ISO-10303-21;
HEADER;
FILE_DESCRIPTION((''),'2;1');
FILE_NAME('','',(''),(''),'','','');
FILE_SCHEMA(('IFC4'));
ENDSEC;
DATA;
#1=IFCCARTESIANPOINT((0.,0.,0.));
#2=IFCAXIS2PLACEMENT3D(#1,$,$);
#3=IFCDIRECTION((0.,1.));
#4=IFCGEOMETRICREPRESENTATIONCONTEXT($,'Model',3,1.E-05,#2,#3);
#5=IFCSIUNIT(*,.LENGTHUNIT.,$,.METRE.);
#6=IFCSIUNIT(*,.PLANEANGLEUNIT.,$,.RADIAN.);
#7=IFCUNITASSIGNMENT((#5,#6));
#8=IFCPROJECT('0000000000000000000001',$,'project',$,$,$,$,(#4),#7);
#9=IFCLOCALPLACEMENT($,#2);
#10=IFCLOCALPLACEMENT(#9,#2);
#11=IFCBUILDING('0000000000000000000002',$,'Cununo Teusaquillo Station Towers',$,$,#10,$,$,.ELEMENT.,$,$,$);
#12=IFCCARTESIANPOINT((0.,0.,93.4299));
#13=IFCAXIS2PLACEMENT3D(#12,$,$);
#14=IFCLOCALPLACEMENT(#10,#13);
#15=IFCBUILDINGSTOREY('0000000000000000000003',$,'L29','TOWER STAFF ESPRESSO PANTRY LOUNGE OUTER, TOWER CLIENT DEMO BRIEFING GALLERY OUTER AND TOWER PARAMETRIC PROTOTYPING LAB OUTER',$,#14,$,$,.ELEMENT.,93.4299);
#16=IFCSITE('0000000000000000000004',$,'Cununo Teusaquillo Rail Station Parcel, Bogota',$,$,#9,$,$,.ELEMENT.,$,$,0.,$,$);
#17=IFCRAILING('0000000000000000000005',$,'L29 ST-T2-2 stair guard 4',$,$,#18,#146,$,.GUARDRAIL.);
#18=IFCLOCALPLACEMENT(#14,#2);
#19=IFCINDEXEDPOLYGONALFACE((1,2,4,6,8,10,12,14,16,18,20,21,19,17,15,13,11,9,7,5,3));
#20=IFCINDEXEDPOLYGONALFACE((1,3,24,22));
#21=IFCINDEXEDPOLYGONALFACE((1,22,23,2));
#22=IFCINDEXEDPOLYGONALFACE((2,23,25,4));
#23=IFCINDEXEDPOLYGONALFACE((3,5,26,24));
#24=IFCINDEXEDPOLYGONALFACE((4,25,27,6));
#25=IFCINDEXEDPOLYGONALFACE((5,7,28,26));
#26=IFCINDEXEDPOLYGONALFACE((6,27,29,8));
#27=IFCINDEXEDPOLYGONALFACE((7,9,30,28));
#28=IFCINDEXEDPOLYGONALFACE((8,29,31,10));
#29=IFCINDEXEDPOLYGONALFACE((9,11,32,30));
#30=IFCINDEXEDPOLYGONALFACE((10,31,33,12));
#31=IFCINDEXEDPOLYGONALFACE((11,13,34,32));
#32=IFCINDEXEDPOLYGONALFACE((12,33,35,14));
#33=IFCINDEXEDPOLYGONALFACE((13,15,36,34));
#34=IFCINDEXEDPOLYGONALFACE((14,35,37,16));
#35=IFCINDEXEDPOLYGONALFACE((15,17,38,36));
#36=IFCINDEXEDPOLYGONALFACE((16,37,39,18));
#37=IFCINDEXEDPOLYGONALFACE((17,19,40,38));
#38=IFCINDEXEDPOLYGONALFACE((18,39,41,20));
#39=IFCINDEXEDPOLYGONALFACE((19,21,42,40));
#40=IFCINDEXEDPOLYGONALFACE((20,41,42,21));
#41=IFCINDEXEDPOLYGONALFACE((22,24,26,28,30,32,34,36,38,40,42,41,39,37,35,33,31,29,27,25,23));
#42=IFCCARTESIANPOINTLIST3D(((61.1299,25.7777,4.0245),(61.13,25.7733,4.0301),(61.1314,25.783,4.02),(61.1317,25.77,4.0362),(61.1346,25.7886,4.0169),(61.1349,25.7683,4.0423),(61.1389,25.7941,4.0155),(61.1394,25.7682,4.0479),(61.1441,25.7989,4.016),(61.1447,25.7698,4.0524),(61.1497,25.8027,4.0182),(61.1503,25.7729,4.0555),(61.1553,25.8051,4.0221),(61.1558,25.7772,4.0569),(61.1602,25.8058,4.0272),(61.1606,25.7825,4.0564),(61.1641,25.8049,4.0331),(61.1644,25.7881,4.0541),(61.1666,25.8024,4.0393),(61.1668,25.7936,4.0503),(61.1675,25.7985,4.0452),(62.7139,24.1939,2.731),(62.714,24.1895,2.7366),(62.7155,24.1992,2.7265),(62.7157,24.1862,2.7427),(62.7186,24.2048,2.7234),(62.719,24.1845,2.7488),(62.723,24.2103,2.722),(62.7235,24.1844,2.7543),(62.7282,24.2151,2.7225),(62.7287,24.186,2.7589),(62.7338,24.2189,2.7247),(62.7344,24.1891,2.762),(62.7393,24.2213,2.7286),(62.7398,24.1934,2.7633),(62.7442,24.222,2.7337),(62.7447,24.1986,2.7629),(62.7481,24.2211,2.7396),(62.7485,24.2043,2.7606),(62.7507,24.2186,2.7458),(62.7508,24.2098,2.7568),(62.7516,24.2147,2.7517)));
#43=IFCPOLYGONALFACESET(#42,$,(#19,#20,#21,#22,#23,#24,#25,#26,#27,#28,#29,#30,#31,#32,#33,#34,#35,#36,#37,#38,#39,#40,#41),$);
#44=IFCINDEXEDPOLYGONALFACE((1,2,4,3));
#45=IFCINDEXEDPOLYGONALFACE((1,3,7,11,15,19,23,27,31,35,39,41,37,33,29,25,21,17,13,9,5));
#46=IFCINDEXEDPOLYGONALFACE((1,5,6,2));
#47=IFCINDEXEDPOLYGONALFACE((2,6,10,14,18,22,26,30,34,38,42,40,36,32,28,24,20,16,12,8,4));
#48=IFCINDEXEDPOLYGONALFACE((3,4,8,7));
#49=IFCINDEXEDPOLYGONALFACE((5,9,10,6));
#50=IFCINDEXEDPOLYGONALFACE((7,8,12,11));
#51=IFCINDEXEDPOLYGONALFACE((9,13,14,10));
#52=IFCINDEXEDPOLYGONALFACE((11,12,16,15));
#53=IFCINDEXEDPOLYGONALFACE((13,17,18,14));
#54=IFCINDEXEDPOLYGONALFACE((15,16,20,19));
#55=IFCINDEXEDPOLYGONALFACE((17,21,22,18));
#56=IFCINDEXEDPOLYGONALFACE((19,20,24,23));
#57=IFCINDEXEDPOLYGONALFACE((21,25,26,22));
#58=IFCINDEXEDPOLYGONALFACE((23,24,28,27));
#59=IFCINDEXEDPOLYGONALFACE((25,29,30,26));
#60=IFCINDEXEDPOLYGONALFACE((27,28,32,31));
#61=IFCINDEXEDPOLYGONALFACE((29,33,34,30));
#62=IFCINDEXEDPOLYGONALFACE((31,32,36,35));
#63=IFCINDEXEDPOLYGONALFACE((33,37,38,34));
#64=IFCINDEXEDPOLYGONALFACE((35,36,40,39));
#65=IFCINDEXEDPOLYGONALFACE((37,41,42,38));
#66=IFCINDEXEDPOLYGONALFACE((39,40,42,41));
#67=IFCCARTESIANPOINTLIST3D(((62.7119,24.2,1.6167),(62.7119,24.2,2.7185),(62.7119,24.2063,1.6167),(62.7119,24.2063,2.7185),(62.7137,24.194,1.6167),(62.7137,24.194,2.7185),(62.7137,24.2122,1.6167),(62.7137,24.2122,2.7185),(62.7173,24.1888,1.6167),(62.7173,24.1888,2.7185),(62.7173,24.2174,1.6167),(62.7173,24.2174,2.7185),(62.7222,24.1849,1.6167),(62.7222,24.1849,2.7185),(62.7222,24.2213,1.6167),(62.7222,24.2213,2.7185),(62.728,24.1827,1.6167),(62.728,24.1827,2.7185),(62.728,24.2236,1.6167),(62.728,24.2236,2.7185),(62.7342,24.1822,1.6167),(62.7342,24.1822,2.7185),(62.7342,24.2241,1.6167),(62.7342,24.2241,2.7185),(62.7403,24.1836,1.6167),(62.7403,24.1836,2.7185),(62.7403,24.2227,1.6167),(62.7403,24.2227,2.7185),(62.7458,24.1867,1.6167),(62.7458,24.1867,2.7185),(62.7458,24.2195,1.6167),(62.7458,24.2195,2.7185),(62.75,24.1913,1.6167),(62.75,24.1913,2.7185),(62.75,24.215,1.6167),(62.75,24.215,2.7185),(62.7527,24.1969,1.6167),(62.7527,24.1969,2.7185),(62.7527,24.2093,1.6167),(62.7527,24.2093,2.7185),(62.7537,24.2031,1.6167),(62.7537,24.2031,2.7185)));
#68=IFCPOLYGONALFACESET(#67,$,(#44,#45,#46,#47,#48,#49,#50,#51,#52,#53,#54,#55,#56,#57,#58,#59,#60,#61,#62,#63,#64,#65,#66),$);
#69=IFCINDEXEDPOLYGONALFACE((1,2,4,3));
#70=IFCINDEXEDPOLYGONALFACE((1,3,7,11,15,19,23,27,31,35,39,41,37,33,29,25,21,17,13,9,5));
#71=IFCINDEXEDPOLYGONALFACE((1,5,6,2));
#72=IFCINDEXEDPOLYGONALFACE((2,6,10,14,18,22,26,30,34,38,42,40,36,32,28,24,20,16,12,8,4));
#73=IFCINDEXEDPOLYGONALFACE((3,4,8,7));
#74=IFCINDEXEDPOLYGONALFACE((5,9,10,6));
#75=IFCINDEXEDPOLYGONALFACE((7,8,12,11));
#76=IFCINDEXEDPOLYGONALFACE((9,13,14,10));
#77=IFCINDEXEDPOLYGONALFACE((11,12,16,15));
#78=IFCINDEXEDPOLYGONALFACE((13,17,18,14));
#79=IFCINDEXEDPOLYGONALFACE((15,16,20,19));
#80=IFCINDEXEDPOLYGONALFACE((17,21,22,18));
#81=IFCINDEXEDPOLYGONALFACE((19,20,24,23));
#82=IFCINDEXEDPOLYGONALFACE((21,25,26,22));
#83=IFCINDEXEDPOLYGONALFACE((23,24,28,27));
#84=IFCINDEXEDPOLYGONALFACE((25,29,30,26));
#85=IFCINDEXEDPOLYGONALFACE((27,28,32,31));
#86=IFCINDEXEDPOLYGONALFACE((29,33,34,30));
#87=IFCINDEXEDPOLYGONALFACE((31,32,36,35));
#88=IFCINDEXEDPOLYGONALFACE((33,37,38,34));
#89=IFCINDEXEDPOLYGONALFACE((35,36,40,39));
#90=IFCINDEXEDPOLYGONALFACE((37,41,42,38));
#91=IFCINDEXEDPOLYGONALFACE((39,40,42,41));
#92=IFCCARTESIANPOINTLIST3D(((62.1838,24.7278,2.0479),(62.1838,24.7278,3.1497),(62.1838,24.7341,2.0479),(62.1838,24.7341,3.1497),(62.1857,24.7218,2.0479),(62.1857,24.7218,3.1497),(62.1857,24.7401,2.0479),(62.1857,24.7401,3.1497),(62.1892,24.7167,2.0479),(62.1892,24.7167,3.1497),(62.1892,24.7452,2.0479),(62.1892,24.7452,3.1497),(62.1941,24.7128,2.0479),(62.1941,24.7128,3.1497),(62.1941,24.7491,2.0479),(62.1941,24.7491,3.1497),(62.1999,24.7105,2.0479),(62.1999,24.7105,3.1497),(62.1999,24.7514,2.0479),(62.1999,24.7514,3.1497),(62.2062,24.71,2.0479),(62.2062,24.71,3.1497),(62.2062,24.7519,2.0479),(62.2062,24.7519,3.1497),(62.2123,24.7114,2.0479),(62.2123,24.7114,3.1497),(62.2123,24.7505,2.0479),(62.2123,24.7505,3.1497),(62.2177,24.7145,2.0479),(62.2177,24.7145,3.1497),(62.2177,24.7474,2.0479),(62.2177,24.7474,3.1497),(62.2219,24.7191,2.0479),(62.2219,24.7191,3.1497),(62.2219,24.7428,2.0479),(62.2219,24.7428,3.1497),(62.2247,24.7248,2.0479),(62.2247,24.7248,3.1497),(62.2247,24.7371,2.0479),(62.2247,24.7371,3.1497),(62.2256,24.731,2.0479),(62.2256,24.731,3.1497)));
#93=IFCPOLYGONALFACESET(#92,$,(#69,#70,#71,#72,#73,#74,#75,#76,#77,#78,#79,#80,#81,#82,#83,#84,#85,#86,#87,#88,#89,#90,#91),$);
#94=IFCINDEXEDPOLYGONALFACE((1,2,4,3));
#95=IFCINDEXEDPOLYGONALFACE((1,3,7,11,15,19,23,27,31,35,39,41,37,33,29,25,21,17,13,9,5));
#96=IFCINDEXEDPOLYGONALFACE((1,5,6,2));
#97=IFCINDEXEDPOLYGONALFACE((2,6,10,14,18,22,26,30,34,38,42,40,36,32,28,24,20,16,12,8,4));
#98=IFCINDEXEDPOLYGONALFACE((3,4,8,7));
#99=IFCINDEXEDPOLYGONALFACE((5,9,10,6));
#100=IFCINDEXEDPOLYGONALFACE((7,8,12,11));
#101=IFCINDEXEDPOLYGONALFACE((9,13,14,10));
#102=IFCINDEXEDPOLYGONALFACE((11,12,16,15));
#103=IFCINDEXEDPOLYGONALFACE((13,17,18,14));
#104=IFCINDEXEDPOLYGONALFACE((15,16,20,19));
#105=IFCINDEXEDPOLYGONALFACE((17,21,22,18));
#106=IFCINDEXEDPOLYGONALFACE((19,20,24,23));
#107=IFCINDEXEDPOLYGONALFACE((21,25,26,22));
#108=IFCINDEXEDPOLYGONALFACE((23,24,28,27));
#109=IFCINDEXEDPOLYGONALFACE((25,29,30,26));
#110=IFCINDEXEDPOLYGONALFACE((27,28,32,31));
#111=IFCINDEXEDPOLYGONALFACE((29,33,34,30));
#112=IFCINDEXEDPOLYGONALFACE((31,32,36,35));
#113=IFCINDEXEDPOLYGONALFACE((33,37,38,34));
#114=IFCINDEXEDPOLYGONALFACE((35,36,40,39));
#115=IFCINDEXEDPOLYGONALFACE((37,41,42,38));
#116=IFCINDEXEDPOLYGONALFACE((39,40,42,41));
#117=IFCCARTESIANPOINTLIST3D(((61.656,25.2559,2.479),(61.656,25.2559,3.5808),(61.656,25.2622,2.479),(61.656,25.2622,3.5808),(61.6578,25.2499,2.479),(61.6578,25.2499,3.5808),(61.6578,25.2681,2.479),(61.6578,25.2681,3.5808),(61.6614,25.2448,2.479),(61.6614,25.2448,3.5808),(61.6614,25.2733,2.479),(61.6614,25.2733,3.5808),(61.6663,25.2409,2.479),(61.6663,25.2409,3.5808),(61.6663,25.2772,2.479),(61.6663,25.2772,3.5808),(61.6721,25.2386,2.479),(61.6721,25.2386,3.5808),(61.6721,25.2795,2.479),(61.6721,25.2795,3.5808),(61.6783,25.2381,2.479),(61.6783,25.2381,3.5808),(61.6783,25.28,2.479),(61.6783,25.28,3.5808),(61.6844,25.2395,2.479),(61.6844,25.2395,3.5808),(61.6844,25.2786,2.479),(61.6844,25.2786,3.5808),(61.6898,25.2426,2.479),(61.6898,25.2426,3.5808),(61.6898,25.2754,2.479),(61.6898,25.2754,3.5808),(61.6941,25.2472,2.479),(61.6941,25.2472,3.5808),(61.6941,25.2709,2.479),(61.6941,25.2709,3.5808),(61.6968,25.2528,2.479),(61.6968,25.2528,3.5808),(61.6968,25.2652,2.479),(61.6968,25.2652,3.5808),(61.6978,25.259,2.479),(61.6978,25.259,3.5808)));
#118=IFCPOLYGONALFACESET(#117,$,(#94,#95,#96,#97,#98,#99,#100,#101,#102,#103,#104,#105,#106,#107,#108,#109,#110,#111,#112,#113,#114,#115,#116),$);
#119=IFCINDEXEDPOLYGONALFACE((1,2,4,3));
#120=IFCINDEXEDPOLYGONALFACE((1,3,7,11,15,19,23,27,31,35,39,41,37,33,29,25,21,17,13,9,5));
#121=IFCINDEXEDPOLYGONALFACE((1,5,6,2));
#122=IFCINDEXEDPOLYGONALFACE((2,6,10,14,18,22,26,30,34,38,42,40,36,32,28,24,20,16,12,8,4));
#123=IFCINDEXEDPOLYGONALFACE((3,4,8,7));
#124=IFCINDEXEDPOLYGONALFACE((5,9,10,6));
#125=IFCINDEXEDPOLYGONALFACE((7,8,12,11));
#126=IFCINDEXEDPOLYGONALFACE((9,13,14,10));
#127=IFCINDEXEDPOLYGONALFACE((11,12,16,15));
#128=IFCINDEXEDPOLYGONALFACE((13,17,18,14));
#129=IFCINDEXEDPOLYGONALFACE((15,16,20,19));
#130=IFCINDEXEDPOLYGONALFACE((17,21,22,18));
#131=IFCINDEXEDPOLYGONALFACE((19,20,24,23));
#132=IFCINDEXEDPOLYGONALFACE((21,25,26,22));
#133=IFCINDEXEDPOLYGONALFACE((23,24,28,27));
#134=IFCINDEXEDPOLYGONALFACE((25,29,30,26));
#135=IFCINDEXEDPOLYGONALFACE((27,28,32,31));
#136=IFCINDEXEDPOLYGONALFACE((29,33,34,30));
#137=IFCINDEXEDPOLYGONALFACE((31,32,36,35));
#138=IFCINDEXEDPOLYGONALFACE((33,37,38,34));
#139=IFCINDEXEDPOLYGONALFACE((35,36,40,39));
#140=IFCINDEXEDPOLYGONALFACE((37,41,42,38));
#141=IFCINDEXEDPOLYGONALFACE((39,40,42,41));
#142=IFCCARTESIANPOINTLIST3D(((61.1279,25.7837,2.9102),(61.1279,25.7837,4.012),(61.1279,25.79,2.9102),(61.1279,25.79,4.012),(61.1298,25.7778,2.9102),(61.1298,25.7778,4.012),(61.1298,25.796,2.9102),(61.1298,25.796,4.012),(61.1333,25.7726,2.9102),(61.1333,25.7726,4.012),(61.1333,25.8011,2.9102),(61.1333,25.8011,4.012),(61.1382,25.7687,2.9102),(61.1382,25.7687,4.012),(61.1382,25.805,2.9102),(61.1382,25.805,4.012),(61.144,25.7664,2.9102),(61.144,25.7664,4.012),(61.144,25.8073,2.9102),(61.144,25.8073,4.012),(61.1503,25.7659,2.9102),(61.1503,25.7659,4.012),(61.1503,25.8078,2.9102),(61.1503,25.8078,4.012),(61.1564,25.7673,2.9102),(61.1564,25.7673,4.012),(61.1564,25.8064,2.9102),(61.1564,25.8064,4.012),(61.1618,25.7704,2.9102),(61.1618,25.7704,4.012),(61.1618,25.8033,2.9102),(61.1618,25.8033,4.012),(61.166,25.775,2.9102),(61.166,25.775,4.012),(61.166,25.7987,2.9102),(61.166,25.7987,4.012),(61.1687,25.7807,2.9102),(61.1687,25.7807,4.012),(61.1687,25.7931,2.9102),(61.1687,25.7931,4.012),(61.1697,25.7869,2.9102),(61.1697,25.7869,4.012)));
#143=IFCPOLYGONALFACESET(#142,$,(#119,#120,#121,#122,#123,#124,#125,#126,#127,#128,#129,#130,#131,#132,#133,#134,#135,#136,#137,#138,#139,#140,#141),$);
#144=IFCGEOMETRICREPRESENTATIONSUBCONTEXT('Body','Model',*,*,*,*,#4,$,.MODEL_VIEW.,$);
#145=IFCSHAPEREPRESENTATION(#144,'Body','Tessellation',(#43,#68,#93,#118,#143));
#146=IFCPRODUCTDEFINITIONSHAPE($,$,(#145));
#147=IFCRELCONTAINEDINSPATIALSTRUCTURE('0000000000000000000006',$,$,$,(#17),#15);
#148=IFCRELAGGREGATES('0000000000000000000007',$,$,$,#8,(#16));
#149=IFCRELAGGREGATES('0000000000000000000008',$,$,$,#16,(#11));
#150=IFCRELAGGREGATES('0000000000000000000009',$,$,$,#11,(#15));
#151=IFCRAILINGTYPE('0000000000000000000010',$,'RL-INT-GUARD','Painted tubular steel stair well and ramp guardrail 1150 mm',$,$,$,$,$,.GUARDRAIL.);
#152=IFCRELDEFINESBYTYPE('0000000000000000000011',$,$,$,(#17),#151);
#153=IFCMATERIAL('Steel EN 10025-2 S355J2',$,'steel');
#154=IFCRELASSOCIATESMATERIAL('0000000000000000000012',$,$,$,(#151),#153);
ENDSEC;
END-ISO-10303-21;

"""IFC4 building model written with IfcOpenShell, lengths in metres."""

from ifc_helpers import new_model, si_unit, direction, frame, origin, origin_2d, place, context, subcontext, project, spatial, circle, extrude, material, type_object, element, save


model = new_model("IFC4")

# Units and contexts
model_context = context("Model", 3, precision=1e-05, world=origin(), true_north=direction((0.0, 1.0)))
body_context = subcontext(model_context, "Body", "Model", "MODEL_VIEW")
ifc_project = project(units=[si_unit("LENGTHUNIT", "METRE"), si_unit("PLANEANGLEUNIT", "RADIAN")], contexts=[model_context])

# Site, building, storey
site_placement = place(None, origin())
site = spatial("IfcSite", under=ifc_project, at=site_placement, Name="Cununo Teusaquillo Rail Station Parcel, Bogota", CompositionType="ELEMENT", RefElevation=0.0)
building_placement = place(site_placement, origin())
building = spatial("IfcBuilding", under=site, at=building_placement, Name="Cununo Teusaquillo Station Towers", CompositionType="ELEMENT")
storey_placement = place(building_placement, frame((0.0, 0.0, 93.4299)))
storey = spatial("IfcBuildingStorey", under=building, at=storey_placement, Name="L29", Description="TOWER STAFF ESPRESSO PANTRY LOUNGE OUTER, TOWER CLIENT DEMO BRIEFING GALLERY OUTER AND TOWER PARAMETRIC PROTOTYPING LAB OUTER", CompositionType="ELEMENT", Elevation=93.4299)

# Railing
ifc_material_1 = material(Name="Steel EN 10025-2 S355J2", Category="steel")
railing_type_1 = type_object("IfcRailingType", Name="RL-INT-GUARD", Description="Painted tubular steel stair well and ramp guardrail 1150 mm", PredefinedType="GUARDRAIL", material=ifc_material_1)
railing_1_placement = place(storey_placement, frame((62.7327, 24.2031, 1.6167)))
element("IfcRailing", 1, at=railing_1_placement, inside=storey, type_object=railing_type_1, Name="L29 ST-T2-2 stair guard 4", PredefinedType="GUARDRAIL", context=body_context, shape_type="SweptSolid", body=[
    extrude(circle(Radius=0.0239, at=origin_2d()), frame((0.0, 0.0, 1.126), z_axis=(-0.612391, 0.612297, 0.500069), x_axis=(-0.707052, -0.707161, 0.0)), (0.0, 0.0, 1.0), 2.5867),
    extrude(circle(Radius=0.021, at=origin_2d()), origin(), (0.0, 0.0, 1.0), 1.1018),
    extrude(circle(Radius=0.021, at=origin_2d()), frame((-0.5281, 0.5278, 0.4312)), (0.0, 0.0, 1.0), 1.1018),
    extrude(circle(Radius=0.021, at=origin_2d()), frame((-1.0559, 1.0559, 0.8623)), (0.0, 0.0, 1.0), 1.1018),
    extrude(circle(Radius=0.021, at=origin_2d()), frame((-1.584, 1.5837, 1.2935)), (0.0, 0.0, 1.0), 1.1018),
])

save(model, "model.ifc")
